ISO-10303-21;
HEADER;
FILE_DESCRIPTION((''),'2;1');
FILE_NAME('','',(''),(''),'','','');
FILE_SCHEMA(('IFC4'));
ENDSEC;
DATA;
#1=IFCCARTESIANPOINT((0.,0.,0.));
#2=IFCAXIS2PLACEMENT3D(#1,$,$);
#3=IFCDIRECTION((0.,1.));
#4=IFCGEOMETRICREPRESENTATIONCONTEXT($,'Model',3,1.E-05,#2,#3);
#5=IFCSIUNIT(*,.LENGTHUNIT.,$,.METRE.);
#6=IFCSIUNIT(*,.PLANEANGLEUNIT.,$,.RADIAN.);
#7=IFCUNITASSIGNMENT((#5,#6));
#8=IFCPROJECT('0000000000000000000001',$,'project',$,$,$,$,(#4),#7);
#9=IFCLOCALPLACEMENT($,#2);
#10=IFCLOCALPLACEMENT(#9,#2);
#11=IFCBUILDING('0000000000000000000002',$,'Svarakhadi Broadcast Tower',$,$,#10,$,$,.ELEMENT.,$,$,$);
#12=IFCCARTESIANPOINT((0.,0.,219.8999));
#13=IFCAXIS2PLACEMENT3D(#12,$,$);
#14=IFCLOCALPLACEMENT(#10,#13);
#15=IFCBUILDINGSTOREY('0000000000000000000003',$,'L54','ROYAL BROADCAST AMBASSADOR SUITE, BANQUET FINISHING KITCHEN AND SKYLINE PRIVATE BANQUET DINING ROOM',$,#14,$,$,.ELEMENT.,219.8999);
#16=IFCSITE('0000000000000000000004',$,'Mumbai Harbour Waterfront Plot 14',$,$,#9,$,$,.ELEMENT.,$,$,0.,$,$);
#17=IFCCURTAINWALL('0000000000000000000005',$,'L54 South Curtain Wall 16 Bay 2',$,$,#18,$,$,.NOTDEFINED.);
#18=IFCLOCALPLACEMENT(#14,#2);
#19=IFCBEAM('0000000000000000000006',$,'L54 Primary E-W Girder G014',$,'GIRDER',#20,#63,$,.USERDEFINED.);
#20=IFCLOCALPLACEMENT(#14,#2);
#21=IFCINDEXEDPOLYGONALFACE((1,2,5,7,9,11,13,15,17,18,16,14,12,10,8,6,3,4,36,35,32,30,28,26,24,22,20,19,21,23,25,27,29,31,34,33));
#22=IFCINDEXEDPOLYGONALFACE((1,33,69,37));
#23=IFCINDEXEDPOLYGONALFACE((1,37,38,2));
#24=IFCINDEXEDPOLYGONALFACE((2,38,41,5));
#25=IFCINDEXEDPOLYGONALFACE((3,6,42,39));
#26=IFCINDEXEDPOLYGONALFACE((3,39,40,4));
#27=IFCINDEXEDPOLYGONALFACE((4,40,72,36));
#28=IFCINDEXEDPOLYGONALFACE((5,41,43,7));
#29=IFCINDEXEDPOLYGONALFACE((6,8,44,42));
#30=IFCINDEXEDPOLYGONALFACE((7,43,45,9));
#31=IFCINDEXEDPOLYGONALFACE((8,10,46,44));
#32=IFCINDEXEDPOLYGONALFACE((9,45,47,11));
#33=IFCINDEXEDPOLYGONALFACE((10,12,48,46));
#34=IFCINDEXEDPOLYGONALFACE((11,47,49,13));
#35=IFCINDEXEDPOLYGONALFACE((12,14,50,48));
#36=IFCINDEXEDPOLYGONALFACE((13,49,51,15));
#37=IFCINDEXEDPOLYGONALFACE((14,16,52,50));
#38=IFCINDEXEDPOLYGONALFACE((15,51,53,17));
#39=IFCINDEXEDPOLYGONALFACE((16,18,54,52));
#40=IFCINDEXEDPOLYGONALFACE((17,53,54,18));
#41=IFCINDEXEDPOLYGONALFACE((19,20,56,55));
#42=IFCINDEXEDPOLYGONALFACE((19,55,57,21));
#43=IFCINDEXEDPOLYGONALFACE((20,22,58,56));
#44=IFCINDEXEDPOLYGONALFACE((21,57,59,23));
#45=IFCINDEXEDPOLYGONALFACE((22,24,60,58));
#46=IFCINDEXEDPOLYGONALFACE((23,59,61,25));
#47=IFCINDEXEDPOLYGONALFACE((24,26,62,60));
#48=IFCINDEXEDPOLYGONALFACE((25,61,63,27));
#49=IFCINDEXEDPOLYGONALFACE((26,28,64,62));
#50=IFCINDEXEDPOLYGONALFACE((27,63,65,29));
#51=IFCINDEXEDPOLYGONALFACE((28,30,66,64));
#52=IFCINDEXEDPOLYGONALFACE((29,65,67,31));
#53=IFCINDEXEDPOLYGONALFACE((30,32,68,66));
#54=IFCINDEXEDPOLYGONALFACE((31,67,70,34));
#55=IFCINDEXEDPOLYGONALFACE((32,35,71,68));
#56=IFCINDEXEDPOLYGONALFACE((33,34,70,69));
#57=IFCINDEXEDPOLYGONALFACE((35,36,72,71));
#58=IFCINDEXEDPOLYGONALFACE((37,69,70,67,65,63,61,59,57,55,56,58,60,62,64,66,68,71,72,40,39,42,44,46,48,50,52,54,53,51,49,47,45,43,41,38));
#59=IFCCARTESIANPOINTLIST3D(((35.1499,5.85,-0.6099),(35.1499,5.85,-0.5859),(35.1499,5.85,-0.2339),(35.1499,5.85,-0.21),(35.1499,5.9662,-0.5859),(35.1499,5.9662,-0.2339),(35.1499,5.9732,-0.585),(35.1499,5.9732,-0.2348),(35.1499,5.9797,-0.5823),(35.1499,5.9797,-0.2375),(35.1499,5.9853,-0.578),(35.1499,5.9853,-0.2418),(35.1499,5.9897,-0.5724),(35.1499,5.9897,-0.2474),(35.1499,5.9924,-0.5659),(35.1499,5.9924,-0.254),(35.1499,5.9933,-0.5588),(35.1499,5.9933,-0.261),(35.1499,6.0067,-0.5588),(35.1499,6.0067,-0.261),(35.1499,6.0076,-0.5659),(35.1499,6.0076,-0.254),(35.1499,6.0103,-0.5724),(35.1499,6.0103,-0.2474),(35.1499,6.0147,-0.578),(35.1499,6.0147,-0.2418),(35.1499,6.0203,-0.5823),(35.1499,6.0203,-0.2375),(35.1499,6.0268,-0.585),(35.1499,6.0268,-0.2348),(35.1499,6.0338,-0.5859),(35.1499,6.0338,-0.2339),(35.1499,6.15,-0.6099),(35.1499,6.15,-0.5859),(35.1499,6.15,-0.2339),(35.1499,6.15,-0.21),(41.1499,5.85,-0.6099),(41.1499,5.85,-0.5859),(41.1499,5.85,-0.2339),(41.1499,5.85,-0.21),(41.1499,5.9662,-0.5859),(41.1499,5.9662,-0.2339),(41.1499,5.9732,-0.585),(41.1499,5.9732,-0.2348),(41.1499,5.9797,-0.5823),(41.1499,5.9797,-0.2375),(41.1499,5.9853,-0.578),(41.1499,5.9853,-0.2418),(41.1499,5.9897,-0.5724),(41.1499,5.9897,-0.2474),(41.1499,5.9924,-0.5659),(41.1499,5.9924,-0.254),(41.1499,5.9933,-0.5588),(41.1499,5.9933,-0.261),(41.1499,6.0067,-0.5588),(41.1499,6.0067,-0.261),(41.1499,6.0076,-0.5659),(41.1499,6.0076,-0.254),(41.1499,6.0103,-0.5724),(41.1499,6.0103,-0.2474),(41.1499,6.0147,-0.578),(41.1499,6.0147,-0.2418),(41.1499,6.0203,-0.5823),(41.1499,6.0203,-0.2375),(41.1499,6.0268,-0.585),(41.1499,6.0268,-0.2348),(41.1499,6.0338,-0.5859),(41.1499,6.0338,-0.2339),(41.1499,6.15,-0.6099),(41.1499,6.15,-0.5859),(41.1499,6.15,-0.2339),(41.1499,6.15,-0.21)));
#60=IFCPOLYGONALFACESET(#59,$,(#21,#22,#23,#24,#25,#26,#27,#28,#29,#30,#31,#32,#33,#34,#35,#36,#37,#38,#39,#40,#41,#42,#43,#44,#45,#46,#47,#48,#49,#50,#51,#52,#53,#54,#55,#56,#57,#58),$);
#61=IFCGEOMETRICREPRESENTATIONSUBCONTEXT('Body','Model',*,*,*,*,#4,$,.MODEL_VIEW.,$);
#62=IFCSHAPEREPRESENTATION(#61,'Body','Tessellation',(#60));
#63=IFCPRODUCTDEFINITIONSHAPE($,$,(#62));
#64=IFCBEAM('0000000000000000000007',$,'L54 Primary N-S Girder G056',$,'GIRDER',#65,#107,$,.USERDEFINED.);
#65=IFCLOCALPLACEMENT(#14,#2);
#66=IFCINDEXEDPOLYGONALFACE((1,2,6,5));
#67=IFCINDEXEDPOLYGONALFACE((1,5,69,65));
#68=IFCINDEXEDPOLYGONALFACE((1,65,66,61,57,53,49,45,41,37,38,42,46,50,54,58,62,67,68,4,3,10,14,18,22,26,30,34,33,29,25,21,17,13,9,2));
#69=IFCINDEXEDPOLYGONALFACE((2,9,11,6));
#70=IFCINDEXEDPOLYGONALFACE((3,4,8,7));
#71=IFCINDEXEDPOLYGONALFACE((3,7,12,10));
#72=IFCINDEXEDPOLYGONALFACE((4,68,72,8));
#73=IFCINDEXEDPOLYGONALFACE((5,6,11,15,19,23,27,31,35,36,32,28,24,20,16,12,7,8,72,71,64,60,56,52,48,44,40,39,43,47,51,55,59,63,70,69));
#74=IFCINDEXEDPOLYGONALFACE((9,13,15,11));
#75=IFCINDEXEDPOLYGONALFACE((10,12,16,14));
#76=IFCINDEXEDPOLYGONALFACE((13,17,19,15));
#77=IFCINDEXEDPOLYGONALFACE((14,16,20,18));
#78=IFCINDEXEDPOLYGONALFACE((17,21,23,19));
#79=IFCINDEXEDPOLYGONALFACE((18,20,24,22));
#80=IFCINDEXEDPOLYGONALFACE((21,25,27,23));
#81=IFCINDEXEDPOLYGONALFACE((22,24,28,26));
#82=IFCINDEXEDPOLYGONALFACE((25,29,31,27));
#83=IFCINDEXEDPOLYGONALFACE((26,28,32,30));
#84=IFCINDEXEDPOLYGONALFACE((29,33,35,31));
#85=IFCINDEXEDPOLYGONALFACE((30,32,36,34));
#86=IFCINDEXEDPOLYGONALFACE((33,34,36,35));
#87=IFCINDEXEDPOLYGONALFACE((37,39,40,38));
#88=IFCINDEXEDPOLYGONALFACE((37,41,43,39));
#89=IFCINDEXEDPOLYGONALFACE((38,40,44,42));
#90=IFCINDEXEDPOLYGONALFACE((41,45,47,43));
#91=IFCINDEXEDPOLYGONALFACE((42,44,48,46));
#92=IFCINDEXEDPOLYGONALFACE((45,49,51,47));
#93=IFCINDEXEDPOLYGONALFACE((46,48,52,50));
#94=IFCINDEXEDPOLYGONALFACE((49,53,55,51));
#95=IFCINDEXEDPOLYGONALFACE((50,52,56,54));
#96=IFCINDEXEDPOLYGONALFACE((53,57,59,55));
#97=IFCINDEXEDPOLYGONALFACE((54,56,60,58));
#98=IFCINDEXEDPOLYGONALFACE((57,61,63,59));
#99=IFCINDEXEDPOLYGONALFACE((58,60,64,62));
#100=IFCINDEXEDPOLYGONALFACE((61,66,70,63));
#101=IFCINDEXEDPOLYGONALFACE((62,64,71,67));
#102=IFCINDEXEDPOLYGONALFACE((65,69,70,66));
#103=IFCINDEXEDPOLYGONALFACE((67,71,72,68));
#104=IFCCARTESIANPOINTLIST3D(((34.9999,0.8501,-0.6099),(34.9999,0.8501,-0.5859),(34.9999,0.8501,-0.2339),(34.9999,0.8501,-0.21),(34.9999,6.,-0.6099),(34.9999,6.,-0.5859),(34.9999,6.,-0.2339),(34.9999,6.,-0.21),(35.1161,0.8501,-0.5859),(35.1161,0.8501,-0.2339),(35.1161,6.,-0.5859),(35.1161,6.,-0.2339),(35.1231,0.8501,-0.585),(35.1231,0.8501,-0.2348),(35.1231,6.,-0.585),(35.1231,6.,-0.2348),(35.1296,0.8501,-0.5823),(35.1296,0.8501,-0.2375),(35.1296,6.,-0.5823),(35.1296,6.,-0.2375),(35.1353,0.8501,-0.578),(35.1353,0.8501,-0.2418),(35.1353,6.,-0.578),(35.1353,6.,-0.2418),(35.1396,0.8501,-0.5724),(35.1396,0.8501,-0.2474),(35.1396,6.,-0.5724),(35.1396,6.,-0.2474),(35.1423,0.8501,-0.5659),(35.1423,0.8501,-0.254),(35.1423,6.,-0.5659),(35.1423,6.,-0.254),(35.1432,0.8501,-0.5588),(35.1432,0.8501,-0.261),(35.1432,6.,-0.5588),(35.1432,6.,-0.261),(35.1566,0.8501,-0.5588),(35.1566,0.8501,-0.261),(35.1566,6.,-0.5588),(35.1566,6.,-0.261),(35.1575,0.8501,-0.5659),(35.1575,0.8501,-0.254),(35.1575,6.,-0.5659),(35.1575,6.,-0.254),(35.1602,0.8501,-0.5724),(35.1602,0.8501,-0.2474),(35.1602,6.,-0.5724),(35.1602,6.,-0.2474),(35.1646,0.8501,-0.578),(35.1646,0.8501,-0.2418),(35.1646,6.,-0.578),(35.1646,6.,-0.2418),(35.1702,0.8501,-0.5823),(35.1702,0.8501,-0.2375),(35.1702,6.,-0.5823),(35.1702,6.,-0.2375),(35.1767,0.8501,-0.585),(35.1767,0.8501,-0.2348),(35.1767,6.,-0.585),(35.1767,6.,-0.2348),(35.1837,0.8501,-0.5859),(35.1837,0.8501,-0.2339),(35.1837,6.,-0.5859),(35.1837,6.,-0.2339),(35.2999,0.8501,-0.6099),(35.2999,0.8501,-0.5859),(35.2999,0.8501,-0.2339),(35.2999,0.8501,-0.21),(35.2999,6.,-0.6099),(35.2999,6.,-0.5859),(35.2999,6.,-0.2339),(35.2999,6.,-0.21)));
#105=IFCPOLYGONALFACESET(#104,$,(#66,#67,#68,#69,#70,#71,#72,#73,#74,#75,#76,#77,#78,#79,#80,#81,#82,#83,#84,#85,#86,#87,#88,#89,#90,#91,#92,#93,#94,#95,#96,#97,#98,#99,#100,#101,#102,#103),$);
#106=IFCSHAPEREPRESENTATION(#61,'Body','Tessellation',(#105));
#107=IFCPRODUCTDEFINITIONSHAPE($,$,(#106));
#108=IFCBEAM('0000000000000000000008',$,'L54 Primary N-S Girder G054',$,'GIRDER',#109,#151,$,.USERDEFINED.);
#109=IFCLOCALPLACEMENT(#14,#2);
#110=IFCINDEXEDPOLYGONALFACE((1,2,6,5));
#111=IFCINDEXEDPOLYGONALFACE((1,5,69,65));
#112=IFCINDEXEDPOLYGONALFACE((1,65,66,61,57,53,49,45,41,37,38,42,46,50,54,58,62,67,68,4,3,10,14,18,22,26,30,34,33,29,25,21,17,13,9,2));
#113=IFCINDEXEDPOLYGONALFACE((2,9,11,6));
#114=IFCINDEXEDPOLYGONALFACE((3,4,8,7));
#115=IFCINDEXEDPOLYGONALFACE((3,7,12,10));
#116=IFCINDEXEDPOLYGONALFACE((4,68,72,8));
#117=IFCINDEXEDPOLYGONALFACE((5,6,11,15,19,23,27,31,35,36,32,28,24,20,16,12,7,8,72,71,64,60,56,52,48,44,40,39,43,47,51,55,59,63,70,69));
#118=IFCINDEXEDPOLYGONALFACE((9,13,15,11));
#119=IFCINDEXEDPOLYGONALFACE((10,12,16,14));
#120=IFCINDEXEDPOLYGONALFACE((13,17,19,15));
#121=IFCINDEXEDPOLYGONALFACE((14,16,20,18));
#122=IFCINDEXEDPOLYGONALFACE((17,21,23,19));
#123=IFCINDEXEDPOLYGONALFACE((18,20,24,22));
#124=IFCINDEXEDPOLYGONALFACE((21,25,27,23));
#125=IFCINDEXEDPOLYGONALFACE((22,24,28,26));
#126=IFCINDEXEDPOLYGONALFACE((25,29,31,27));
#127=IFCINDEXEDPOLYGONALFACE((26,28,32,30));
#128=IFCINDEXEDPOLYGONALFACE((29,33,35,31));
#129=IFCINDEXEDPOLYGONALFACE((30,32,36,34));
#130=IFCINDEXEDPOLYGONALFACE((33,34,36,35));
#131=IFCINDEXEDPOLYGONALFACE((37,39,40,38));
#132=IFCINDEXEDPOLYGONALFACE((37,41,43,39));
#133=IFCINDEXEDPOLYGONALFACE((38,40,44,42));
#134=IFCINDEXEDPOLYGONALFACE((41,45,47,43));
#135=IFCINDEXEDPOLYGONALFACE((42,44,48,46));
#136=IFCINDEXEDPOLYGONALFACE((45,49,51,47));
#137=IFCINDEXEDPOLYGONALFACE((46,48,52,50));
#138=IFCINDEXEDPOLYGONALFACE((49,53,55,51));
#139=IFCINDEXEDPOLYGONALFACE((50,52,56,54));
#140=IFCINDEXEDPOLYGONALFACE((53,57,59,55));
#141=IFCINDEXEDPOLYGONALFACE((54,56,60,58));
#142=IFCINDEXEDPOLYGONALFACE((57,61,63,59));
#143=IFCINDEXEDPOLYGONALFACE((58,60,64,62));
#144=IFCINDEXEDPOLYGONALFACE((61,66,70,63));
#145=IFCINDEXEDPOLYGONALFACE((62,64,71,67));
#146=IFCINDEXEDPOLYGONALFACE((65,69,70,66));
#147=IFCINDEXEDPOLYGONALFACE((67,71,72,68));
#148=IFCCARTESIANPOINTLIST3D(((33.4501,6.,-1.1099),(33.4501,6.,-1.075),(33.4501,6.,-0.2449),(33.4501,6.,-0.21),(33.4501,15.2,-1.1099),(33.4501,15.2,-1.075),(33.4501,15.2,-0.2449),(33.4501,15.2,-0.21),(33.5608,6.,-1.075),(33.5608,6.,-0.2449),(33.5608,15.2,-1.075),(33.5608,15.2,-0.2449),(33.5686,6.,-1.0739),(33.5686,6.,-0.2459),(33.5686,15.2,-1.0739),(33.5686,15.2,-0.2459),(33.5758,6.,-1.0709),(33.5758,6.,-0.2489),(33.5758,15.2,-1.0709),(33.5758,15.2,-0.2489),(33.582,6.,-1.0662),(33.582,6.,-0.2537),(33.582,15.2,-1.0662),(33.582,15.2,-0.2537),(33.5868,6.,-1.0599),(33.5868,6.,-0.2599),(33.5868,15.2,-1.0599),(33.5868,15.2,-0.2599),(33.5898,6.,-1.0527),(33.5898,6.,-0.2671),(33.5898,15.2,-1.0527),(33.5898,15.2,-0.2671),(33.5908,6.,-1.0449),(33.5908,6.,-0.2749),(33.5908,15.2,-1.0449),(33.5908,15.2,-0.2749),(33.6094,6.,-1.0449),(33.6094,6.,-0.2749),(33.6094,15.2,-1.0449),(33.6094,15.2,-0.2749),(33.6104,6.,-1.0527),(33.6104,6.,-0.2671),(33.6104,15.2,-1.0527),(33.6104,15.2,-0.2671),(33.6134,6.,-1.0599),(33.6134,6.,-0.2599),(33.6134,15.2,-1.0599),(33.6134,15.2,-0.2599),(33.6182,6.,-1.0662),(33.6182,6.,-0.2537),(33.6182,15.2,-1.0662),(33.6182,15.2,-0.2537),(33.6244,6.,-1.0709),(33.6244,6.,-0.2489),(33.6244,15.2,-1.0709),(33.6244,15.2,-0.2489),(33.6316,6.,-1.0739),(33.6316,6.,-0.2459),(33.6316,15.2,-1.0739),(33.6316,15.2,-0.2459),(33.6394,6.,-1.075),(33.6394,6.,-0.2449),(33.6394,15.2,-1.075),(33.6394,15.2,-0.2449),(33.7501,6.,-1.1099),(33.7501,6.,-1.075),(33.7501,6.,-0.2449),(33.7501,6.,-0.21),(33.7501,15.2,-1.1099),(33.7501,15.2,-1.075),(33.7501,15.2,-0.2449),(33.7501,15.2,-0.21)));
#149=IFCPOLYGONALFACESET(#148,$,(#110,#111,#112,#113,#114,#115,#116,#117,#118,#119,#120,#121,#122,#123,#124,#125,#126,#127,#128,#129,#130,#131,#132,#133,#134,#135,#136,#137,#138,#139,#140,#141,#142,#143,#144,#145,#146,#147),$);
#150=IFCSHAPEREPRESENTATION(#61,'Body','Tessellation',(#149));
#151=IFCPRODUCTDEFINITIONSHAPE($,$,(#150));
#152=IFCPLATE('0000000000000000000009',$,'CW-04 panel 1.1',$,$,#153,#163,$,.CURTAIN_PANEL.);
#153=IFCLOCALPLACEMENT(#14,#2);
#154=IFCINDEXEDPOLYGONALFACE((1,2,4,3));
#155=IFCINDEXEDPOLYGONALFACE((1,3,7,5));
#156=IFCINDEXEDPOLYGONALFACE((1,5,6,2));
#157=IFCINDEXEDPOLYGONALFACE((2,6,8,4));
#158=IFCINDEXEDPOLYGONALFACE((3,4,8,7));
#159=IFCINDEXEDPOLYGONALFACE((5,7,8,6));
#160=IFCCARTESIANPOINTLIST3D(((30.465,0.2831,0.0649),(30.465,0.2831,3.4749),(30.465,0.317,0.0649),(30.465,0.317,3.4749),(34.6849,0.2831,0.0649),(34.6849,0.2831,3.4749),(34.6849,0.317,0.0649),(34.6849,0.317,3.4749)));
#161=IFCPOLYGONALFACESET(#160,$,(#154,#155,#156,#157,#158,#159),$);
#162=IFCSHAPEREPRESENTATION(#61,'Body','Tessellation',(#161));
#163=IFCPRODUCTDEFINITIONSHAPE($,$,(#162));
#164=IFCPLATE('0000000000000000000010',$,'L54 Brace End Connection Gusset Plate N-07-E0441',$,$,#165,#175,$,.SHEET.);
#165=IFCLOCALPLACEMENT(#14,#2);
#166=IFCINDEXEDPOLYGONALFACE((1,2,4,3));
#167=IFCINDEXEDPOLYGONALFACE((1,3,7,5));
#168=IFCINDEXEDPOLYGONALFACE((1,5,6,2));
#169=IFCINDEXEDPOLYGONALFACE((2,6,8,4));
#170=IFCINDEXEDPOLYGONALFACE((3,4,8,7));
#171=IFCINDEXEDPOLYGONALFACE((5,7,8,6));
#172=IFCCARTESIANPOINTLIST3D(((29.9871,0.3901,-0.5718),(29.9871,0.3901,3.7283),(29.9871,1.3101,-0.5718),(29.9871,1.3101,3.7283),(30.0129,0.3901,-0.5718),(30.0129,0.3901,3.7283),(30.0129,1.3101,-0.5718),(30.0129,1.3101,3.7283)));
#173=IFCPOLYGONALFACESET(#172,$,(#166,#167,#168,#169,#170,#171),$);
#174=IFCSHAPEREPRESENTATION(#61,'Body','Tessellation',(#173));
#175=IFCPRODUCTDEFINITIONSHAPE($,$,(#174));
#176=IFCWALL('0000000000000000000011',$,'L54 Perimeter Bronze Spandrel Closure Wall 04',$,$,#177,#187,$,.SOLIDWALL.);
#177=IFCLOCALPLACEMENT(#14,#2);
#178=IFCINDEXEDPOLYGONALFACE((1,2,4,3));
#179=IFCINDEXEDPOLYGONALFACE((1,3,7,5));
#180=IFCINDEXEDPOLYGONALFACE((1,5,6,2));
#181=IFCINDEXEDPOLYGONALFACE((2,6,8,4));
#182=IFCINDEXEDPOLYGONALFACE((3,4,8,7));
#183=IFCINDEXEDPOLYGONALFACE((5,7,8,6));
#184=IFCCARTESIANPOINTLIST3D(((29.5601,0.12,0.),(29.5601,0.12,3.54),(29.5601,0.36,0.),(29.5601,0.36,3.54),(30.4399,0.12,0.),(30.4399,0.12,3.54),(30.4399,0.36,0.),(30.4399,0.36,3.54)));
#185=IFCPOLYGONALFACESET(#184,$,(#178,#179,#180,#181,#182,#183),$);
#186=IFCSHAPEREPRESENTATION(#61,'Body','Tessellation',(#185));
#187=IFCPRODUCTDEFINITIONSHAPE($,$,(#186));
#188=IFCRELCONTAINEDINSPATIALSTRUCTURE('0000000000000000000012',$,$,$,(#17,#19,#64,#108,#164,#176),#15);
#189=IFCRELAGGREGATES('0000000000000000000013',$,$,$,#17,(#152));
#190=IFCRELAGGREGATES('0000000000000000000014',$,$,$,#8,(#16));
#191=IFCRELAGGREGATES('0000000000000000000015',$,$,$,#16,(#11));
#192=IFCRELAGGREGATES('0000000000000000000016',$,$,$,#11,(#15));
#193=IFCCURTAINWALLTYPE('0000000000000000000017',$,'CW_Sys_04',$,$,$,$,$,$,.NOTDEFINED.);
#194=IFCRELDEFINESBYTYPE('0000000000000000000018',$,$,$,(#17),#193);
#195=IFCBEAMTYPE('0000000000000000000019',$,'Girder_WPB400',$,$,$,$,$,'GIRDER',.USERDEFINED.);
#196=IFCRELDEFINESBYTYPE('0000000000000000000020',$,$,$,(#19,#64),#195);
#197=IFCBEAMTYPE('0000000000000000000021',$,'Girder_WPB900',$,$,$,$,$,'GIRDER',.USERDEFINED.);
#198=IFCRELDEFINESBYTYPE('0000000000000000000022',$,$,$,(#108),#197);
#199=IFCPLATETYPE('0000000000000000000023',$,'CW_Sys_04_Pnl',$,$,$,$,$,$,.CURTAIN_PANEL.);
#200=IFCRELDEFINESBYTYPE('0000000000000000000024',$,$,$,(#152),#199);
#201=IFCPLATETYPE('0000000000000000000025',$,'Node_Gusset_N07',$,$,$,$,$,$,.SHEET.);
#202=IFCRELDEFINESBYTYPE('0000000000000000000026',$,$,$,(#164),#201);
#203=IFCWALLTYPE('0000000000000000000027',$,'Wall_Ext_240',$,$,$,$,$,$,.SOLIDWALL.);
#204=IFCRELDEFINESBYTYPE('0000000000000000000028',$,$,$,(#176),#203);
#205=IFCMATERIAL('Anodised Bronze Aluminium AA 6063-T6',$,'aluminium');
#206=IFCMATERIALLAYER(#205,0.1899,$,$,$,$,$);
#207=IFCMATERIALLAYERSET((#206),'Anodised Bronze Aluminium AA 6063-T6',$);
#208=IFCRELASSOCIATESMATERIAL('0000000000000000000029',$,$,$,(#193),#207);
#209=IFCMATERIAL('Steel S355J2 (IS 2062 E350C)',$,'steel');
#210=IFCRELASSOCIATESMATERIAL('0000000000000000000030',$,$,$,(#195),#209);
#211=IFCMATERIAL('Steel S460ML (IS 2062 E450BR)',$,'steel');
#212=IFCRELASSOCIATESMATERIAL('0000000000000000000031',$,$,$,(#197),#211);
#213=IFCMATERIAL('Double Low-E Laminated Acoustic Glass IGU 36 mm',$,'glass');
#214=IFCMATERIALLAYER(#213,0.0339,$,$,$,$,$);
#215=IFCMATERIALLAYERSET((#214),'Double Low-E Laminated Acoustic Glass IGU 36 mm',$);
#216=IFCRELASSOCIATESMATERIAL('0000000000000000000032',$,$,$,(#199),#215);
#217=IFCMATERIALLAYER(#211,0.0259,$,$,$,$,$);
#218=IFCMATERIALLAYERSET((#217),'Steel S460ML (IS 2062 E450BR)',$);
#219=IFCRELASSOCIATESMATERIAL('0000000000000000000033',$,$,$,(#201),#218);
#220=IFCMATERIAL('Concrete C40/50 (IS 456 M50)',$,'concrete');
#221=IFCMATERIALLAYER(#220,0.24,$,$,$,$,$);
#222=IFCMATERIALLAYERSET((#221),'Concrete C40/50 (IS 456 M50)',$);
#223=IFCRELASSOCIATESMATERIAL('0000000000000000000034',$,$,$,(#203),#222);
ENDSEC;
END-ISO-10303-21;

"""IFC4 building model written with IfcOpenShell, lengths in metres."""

from ifc_helpers import new_model, si_unit, direction, frame, frame_2d, origin, origin_2d, place, context, subcontext, project, spatial, rectangle, i_section, extrude, material, layer, layer_set, material_profile, profile_set, type_object, element, aggregate, save


model = new_model("IFC4")

# Units and contexts
model_context = context("Model", 3, precision=1e-05, world=origin(), true_north=direction((0.0, 1.0)))
body_context = subcontext(model_context, "Body", "Model", "MODEL_VIEW")
ifc_project = project(units=[si_unit("LENGTHUNIT", "METRE"), si_unit("PLANEANGLEUNIT", "RADIAN")], contexts=[model_context])

# Site, building, storey
site_placement = place(None, origin())
site = spatial("IfcSite", under=ifc_project, at=site_placement, Name="Mumbai Harbour Waterfront Plot 14", CompositionType="ELEMENT", RefElevation=0.0)
building_placement = place(site_placement, origin())
building = spatial("IfcBuilding", under=site, at=building_placement, Name="Svarakhadi Broadcast Tower", CompositionType="ELEMENT")
storey_placement = place(building_placement, frame((0.0, 0.0, 219.8999)))
storey = spatial("IfcBuildingStorey", under=building, at=storey_placement, Name="L54", Description="ROYAL BROADCAST AMBASSADOR SUITE, BANQUET FINISHING KITCHEN AND SKYLINE PRIVATE BANQUET DINING ROOM", CompositionType="ELEMENT", Elevation=219.8999)

# Shared definitions
ifc_material_1 = material(Name="Steel S460ML (IS 2062 E450BR)", Category="steel")

# Curtain wall
ifc_material_2 = material(Name="Anodised Bronze Aluminium AA 6063-T6", Category="aluminium")
ifc_layer_1 = layer(ifc_material_2, 0.1899)
ifc_layer_set_1 = layer_set([ifc_layer_1], Name="Anodised Bronze Aluminium AA 6063-T6")
curtain_wall_type = type_object("IfcCurtainWallType", Name="CW_Sys_04", PredefinedType="NOTDEFINED", material=ifc_layer_set_1)
curtain_wall_placement = place(storey_placement, origin())
curtain_wall = element("IfcCurtainWall", 1, at=curtain_wall_placement, inside=storey, type_object=curtain_wall_type, Name="L54 South Curtain Wall 16 Bay 2", PredefinedType="NOTDEFINED")

# Beams
ifc_material_3 = material(Name="Steel S355J2 (IS 2062 E350C)", Category="steel")
ifc_material_profile_1 = material_profile(ifc_material_3, i_section(OverallWidth=0.3, OverallDepth=0.3999, WebThickness=0.0134, FlangeThickness=0.0239, FilletRadius=0.0271, at=origin_2d()), Name="WPB 400x300x155")
ifc_profile_set_1 = profile_set([ifc_material_profile_1], Name="Steel S355J2 (IS 2062 E350C)")
beam_type_1 = type_object("IfcBeamType", Name="Girder_WPB400", ElementType="GIRDER", PredefinedType="USERDEFINED", material=ifc_profile_set_1)
beam_1_placement = place(storey_placement, frame((35.1499, 6.0, -0.4099), z_axis=(1.0, 0.0, 0.0), x_axis=(0.0, 1.0, 0.0)))
element("IfcBeam", 2, at=beam_1_placement, inside=storey, type_object=beam_type_1, Name="L54 Primary E-W Girder G014", ObjectType="GIRDER", PredefinedType="USERDEFINED", context=body_context, shape_type="SweptSolid", body=[
    extrude(i_section(OverallWidth=0.3, OverallDepth=0.3999, WebThickness=0.0134, FlangeThickness=0.0239, FilletRadius=0.0271, at=origin_2d()), origin(), (0.0, 0.0, 1.0), 6.0),
])
beam_2_placement = place(storey_placement, frame((35.1499, 0.8501, -0.4099), z_axis=(0.0, 1.0, 0.0), x_axis=(-1.0, 0.0, 0.0)))
element("IfcBeam", 3, at=beam_2_placement, inside=storey, type_object=beam_type_1, Name="L54 Primary N-S Girder G056", ObjectType="GIRDER", PredefinedType="USERDEFINED", context=body_context, shape_type="SweptSolid", body=[
    extrude(i_section(OverallWidth=0.3, OverallDepth=0.3999, WebThickness=0.0134, FlangeThickness=0.0239, FilletRadius=0.0271, at=origin_2d()), origin(), (0.0, 0.0, 1.0), 5.1499),
])
ifc_material_profile_2 = material_profile(ifc_material_1, i_section(OverallWidth=0.3, OverallDepth=0.8999, WebThickness=0.0186, FlangeThickness=0.0349, FilletRadius=0.03, at=origin_2d()), Name="WPB 900x300x291")
ifc_profile_set_2 = profile_set([ifc_material_profile_2], Name="Steel S460ML (IS 2062 E450BR)")
beam_type_2 = type_object("IfcBeamType", Name="Girder_WPB900", ElementType="GIRDER", PredefinedType="USERDEFINED", material=ifc_profile_set_2)
beam_3_placement = place(storey_placement, frame((33.6001, 6.0, -0.6599), z_axis=(0.0, 1.0, 0.0), x_axis=(-1.0, 0.0, 0.0)))
element("IfcBeam", 4, at=beam_3_placement, inside=storey, type_object=beam_type_2, Name="L54 Primary N-S Girder G054", ObjectType="GIRDER", PredefinedType="USERDEFINED", context=body_context, shape_type="SweptSolid", body=[
    extrude(i_section(OverallWidth=0.3, OverallDepth=0.8999, WebThickness=0.0186, FlangeThickness=0.0349, FilletRadius=0.03, at=origin_2d()), origin(), (0.0, 0.0, 1.0), 9.2),
])

# Plates
ifc_material_4 = material(Name="Double Low-E Laminated Acoustic Glass IGU 36 mm", Category="glass")
ifc_layer_2 = layer(ifc_material_4, 0.0339)
ifc_layer_set_2 = layer_set([ifc_layer_2], Name="Double Low-E Laminated Acoustic Glass IGU 36 mm")
plate_type_1 = type_object("IfcPlateType", Name="CW_Sys_04_Pnl", PredefinedType="CURTAIN_PANEL", material=ifc_layer_set_2)
plate_1_placement = place(storey_placement, frame((32.575, 0.3, 0.0649), z_axis=(0.0, 0.0, 1.0), x_axis=(-1.0, 0.0, 0.0)))
plate_1 = element("IfcPlate", 5, at=plate_1_placement, type_object=plate_type_1, Name="CW-04 panel 1.1", PredefinedType="CURTAIN_PANEL", context=body_context, shape_type="SweptSolid", body=[
    extrude(rectangle(XDim=4.22, YDim=0.0339, at=origin_2d()), origin(), (0.0, 0.0, 1.0), 3.4099),
])
aggregate(curtain_wall, [plate_1])
ifc_layer_3 = layer(ifc_material_1, 0.0259)
ifc_layer_set_3 = layer_set([ifc_layer_3], Name="Steel S460ML (IS 2062 E450BR)")
plate_type_2 = type_object("IfcPlateType", Name="Node_Gusset_N07", PredefinedType="SHEET", material=ifc_layer_set_3)
plate_2_placement = place(storey_placement, frame((30.0, 0.8501, -0.5718), z_axis=(0.0, 0.0, 1.0), x_axis=(0.0, 1.0, 0.0)))
element("IfcPlate", 6, at=plate_2_placement, inside=storey, type_object=plate_type_2, Name="L54 Brace End Connection Gusset Plate N-07-E0441", PredefinedType="SHEET", context=body_context, shape_type="SweptSolid", body=[
    extrude(rectangle(XDim=0.9199, YDim=0.0259, at=origin_2d()), origin(), (0.0, 0.0, 1.0), 4.3),
])

# Wall
ifc_material_5 = material(Name="Concrete C40/50 (IS 456 M50)", Category="concrete")
ifc_layer_4 = layer(ifc_material_5, 0.24)
ifc_layer_set_4 = layer_set([ifc_layer_4], Name="Concrete C40/50 (IS 456 M50)")
wall_type_1 = type_object("IfcWallType", Name="Wall_Ext_240", PredefinedType="SOLIDWALL", material=ifc_layer_set_4)
wall_1_placement = place(storey_placement, frame((30.4399, 0.24, 0.0), z_axis=(0.0, 0.0, 1.0), x_axis=(-1.0, 0.0, 0.0)))
element("IfcWall", 7, at=wall_1_placement, inside=storey, type_object=wall_type_1, Name="L54 Perimeter Bronze Spandrel Closure Wall 04", PredefinedType="SOLIDWALL", context=body_context, shape_type="SweptSolid", body=[
    extrude(rectangle(XDim=0.8799, YDim=0.24, at=frame_2d((0.4399, 0.0))), origin(), (0.0, 0.0, 1.0), 3.54),
])

save(model, "model.ifc")
